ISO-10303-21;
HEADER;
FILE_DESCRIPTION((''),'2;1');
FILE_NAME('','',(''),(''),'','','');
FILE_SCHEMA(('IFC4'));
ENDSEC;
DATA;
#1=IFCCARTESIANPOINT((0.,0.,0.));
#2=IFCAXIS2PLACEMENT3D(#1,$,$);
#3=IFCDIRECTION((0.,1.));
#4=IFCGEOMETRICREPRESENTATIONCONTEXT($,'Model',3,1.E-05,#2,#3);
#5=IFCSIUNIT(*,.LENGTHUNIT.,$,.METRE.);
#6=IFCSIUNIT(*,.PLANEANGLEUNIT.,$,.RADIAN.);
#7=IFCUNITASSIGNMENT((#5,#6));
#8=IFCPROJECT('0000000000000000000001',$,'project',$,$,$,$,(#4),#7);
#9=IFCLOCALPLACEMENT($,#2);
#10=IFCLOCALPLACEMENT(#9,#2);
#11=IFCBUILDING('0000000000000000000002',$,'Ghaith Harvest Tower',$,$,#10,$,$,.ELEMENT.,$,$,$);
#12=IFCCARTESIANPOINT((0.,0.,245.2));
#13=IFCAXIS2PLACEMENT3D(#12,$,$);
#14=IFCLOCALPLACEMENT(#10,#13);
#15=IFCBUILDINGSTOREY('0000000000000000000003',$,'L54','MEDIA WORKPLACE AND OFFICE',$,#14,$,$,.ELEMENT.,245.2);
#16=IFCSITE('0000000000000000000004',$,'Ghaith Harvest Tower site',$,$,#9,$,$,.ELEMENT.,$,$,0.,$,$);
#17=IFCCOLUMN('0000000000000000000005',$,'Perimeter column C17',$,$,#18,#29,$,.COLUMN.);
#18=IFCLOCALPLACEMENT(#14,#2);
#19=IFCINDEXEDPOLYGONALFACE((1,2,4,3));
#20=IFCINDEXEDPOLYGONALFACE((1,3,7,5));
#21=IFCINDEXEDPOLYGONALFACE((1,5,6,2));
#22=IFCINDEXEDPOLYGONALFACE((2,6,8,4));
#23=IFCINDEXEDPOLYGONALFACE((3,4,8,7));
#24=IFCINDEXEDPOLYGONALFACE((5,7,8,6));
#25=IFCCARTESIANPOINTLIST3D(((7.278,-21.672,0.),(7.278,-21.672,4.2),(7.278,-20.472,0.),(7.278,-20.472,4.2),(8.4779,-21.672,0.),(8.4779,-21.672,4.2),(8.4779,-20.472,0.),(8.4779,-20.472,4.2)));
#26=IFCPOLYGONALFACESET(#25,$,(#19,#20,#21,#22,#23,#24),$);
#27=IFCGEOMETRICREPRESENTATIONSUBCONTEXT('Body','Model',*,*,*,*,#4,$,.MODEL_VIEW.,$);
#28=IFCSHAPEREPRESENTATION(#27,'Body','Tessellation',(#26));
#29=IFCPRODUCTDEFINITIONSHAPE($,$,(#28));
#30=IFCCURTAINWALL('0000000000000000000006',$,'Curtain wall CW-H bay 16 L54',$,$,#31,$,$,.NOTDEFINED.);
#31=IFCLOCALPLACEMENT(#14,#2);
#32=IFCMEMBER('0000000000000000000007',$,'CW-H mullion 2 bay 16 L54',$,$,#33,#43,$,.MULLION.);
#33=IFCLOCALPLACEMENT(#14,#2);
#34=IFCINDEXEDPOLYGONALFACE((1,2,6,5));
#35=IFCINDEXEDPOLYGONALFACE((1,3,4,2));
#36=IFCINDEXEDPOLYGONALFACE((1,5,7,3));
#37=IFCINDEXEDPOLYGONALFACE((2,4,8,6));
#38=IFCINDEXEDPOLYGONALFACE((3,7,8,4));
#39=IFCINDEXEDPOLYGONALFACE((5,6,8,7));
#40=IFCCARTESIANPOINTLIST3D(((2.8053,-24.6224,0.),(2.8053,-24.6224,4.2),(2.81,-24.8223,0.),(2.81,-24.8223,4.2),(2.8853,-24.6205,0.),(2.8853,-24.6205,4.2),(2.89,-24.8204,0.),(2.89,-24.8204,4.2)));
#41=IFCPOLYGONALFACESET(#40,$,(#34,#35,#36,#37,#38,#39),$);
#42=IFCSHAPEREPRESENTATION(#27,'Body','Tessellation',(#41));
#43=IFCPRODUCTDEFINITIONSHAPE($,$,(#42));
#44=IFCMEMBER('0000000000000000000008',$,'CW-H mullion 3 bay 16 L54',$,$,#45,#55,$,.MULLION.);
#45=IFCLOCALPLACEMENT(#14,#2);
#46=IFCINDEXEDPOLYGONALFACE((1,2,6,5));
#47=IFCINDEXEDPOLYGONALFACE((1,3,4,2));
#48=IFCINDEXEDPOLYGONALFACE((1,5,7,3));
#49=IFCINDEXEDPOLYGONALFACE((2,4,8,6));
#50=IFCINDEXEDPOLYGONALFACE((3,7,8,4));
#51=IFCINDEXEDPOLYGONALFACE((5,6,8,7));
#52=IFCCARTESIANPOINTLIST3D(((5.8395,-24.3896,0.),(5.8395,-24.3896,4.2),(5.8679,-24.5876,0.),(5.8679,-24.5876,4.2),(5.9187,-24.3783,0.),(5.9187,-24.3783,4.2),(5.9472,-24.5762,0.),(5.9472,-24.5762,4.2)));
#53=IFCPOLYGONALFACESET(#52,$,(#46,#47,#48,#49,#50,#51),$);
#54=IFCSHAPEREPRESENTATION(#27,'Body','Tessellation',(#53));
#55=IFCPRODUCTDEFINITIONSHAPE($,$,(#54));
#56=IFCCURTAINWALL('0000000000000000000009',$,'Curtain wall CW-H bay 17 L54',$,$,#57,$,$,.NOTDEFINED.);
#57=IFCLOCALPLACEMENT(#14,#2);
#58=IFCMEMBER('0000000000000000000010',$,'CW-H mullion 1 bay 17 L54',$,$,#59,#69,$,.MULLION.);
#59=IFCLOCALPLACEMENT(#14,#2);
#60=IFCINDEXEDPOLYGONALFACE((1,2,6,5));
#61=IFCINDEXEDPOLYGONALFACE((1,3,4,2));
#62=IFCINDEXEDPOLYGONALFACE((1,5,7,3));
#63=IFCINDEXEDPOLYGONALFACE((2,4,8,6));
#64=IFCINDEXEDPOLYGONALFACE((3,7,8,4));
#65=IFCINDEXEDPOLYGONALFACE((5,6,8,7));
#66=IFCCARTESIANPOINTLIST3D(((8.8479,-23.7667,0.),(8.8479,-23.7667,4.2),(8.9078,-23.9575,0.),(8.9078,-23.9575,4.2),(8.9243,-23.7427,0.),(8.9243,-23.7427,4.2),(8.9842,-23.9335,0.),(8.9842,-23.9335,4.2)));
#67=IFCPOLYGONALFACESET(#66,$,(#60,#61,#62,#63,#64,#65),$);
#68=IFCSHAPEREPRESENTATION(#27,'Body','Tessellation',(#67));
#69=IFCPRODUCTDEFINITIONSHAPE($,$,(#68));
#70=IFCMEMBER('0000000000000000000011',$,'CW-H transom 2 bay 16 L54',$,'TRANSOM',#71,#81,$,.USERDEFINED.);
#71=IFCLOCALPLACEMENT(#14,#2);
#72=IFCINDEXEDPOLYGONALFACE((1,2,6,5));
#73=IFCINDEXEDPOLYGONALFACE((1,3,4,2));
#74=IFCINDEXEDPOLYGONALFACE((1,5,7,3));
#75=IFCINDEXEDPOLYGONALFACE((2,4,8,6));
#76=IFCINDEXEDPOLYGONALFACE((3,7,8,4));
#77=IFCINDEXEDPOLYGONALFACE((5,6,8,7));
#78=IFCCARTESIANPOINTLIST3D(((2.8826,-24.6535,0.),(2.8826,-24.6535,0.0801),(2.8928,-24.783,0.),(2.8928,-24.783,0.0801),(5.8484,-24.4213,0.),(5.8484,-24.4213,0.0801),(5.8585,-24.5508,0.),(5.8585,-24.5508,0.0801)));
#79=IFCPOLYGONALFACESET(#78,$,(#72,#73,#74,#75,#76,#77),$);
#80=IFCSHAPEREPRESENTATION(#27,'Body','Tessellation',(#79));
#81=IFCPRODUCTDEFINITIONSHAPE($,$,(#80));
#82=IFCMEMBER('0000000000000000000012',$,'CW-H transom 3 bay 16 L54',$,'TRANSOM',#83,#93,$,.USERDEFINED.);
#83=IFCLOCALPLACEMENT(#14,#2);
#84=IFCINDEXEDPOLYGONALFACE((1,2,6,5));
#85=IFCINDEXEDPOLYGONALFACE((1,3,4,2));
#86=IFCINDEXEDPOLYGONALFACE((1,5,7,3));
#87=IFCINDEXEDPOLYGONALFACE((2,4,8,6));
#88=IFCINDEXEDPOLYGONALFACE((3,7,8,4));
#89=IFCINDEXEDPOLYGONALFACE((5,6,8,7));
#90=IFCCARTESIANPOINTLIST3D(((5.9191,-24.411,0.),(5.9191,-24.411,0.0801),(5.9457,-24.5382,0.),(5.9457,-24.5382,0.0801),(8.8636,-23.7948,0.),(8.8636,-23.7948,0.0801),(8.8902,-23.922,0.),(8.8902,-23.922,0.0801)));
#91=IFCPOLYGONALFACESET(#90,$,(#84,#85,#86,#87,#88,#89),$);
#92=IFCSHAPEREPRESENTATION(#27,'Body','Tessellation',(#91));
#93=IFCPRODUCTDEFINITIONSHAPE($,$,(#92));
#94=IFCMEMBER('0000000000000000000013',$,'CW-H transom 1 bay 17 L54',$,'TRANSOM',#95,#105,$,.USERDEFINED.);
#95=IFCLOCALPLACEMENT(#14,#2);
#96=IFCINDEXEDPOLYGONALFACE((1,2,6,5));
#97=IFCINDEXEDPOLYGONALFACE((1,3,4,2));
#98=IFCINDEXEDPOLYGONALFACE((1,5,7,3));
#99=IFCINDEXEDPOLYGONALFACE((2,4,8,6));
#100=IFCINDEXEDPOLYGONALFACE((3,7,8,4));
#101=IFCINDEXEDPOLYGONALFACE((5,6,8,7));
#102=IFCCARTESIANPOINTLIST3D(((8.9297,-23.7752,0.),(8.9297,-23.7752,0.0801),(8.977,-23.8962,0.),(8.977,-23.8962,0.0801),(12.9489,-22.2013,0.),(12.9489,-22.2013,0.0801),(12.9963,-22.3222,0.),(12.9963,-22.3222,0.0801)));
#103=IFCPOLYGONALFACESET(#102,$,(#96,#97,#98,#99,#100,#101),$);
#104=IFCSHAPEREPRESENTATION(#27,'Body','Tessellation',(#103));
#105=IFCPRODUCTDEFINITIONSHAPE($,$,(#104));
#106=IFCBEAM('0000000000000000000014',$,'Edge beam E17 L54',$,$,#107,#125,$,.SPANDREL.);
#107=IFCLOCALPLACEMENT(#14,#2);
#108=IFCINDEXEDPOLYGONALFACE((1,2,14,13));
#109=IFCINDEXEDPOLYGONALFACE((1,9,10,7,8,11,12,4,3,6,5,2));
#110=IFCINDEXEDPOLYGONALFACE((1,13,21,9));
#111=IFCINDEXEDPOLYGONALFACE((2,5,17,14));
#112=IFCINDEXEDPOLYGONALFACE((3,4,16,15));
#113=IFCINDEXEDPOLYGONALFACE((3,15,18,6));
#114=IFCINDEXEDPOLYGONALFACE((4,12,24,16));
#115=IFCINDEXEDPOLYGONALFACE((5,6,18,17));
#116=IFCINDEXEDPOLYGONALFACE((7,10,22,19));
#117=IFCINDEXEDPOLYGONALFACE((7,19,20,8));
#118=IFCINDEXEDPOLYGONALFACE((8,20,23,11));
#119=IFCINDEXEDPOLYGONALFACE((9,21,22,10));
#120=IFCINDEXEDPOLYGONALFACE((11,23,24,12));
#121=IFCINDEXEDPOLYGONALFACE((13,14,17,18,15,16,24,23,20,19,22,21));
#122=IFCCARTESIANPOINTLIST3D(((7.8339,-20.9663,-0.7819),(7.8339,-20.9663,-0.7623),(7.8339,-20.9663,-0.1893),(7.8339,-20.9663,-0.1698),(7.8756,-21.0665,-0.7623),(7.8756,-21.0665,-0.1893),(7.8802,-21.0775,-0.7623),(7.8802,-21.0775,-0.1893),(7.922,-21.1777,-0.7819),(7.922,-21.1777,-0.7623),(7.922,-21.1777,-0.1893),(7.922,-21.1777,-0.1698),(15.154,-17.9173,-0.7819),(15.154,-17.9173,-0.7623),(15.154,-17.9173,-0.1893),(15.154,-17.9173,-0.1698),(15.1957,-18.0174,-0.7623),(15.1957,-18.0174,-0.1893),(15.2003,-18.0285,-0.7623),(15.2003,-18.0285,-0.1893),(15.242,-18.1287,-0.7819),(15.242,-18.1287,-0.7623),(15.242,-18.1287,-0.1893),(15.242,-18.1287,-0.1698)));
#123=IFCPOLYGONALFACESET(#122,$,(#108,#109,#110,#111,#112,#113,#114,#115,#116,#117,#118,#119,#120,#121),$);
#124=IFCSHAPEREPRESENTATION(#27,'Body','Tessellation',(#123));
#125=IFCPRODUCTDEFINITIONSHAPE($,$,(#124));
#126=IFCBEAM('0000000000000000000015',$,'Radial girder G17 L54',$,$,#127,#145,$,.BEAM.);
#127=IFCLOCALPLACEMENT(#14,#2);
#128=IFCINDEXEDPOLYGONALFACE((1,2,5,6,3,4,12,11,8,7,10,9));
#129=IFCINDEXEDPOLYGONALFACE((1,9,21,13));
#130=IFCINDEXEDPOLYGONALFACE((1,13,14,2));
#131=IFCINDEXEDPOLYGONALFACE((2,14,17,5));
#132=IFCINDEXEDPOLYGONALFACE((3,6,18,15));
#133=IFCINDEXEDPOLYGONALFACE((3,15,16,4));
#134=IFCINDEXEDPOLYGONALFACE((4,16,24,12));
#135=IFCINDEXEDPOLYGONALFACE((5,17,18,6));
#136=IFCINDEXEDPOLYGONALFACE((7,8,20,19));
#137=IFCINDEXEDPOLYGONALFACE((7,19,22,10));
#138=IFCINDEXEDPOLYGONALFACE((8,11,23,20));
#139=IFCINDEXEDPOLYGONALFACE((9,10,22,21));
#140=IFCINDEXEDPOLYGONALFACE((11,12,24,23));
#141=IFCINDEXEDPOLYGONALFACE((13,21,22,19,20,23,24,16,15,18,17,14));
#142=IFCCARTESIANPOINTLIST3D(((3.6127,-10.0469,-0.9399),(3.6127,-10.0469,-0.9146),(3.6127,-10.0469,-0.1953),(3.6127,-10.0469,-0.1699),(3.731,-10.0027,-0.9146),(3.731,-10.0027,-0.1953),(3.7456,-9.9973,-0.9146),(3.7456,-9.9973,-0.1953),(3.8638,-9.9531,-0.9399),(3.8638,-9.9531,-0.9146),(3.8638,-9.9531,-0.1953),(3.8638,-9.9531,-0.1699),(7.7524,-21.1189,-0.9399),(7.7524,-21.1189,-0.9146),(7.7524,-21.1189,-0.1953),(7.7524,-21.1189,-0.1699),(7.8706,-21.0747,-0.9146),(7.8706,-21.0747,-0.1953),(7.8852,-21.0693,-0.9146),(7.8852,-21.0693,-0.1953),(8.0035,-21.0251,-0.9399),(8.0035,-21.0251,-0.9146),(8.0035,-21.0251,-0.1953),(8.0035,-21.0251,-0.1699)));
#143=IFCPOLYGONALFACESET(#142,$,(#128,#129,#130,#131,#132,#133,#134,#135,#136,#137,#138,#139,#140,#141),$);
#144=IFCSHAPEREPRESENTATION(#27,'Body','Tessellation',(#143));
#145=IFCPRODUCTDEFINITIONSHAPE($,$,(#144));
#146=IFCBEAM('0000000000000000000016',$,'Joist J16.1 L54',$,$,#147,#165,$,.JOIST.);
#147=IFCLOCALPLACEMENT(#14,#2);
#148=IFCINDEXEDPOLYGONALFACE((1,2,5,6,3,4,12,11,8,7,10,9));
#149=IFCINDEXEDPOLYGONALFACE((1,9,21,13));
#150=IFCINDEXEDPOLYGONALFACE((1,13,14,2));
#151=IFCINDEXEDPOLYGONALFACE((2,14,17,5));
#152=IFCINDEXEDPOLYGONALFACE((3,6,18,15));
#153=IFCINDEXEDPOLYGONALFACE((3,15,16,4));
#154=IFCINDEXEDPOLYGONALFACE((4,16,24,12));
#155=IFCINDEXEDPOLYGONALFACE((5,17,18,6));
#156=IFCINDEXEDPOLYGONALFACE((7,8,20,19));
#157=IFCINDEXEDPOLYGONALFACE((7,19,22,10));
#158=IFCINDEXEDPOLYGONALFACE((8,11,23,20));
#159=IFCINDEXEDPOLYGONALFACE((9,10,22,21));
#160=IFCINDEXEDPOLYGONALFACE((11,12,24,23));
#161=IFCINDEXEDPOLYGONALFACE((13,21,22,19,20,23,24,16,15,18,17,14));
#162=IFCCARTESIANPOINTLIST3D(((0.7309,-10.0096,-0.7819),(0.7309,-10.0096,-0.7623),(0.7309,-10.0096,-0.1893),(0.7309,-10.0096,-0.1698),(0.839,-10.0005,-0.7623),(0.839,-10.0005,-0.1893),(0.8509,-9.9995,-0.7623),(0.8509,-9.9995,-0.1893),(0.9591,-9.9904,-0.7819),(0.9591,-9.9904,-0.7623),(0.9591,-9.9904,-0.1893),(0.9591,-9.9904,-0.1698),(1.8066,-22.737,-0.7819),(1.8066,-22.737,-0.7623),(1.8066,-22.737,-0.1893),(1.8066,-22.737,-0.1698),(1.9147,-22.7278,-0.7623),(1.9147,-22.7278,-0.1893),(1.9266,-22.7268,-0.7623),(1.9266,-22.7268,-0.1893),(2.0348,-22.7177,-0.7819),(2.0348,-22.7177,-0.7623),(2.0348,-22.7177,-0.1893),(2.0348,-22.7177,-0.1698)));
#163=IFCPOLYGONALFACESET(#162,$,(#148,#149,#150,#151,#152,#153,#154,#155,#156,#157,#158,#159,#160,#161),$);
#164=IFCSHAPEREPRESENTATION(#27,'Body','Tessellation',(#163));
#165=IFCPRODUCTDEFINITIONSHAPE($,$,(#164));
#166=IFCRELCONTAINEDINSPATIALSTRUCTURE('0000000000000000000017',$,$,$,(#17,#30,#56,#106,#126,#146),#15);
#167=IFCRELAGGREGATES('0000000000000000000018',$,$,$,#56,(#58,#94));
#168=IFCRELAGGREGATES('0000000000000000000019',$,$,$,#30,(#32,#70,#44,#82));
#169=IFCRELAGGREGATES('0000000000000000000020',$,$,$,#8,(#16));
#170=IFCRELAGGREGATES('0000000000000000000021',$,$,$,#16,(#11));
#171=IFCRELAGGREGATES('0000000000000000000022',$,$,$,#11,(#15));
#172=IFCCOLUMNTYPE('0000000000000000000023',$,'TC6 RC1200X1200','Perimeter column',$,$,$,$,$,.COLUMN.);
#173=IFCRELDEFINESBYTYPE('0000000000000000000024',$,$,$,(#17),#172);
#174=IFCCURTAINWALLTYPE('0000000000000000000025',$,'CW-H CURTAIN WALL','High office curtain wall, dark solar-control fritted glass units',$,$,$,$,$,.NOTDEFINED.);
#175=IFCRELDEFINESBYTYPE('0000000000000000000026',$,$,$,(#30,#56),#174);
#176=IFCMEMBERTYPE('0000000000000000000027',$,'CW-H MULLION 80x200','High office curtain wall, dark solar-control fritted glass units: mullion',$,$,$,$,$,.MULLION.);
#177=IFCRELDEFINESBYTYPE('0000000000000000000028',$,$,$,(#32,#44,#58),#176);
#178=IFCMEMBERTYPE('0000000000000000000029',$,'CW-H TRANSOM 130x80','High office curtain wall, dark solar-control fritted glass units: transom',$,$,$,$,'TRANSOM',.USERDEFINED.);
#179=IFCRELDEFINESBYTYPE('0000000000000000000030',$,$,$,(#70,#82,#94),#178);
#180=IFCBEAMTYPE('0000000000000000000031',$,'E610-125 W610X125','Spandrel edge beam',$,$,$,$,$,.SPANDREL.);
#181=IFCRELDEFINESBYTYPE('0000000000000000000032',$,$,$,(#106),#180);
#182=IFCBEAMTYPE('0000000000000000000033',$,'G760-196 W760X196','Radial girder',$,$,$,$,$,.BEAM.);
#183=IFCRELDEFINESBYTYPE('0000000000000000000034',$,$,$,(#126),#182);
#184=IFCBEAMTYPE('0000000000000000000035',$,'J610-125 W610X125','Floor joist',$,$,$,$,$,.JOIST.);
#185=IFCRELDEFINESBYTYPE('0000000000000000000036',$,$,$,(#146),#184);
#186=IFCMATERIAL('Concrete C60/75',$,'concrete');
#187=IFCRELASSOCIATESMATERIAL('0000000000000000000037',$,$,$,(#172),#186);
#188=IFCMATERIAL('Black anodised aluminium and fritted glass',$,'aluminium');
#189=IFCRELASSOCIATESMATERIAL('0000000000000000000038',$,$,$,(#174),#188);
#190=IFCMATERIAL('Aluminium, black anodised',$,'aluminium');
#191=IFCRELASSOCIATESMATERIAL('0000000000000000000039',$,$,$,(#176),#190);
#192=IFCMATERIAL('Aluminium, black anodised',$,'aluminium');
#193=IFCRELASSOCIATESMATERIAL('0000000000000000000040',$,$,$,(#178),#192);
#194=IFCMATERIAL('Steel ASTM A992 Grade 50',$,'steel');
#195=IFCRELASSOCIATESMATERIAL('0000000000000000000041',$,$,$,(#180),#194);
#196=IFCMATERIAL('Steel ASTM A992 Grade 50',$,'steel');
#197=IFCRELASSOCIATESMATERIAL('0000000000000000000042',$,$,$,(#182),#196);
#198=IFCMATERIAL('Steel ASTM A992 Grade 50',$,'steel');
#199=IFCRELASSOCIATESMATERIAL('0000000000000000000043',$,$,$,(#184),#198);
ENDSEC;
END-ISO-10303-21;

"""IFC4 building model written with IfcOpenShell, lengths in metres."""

from ifc_helpers import new_model, si_unit, direction, frame, origin, origin_2d, place, context, subcontext, project, spatial, rectangle, i_section, extrude, material, material_profile, profile_set, type_object, element, aggregate, save


model = new_model("IFC4")

# Units and contexts
model_context = context("Model", 3, precision=1e-05, world=origin(), true_north=direction((0.0, 1.0)))
body_context = subcontext(model_context, "Body", "Model", "MODEL_VIEW")
ifc_project = project(units=[si_unit("LENGTHUNIT", "METRE"), si_unit("PLANEANGLEUNIT", "RADIAN")], contexts=[model_context])

# Site, building, storey
site_placement = place(None, origin())
site = spatial("IfcSite", under=ifc_project, at=site_placement, Name="Ghaith Harvest Tower site", CompositionType="ELEMENT", RefElevation=0.0)
building_placement = place(site_placement, origin())
building = spatial("IfcBuilding", under=site, at=building_placement, Name="Ghaith Harvest Tower", CompositionType="ELEMENT")
storey_placement = place(building_placement, frame((0.0, 0.0, 245.2)))
storey = spatial("IfcBuildingStorey", under=building, at=storey_placement, Name="L54", Description="MEDIA WORKPLACE AND OFFICE", CompositionType="ELEMENT", Elevation=245.2)

# Column
ifc_material_1 = material(Name="Concrete C60/75", Category="concrete")
ifc_material_profile_1 = material_profile(ifc_material_1, rectangle(XDim=1.2, YDim=1.2, at=origin_2d()), Name="RC1200X1200")
ifc_profile_set_1 = profile_set([ifc_material_profile_1], Name="Concrete C60/75")
column_type = type_object("IfcColumnType", Name="TC6 RC1200X1200", Description="Perimeter column", PredefinedType="COLUMN", material=ifc_profile_set_1)
column_placement = place(storey_placement, frame((7.8779, -21.072, 0.0), z_axis=(0.0, 0.0, 1.0), x_axis=(1.0, 0.0, 0.0)))
element("IfcColumn", 1, at=column_placement, inside=storey, type_object=column_type, Name="Perimeter column C17", PredefinedType="COLUMN", context=body_context, shape_type="SweptSolid", body=[
    extrude(rectangle(XDim=1.2, YDim=1.2, at=origin_2d()), origin(), (0.0, 0.0, 1.0), 4.2),
])

# Curtain wall, members
ifc_material_2 = material(Name="Black anodised aluminium and fritted glass", Category="aluminium")
curtain_wall_type = type_object("IfcCurtainWallType", Name="CW-H CURTAIN WALL", Description="High office curtain wall, dark solar-control fritted glass units", PredefinedType="NOTDEFINED", material=ifc_material_2)
curtain_wall_1_placement = place(storey_placement, origin())
curtain_wall_1 = element("IfcCurtainWall", 2, at=curtain_wall_1_placement, inside=storey, type_object=curtain_wall_type, Name="Curtain wall CW-H bay 16 L54", PredefinedType="NOTDEFINED")
ifc_material_3 = material(Name="Aluminium, black anodised", Category="aluminium")
ifc_material_profile_2 = material_profile(ifc_material_3, rectangle(XDim=0.0801, YDim=0.2, at=origin_2d()), Name="CW-H MULLION 80x200")
ifc_profile_set_2 = profile_set([ifc_material_profile_2], Name="Aluminium, black anodised")
member_type_1 = type_object("IfcMemberType", Name="CW-H MULLION 80x200", Description="High office curtain wall, dark solar-control fritted glass units: mullion", PredefinedType="MULLION", material=ifc_profile_set_2)
member_1_placement = place(storey_placement, frame((2.8477, -24.7214, 0.0), z_axis=(0.0, 0.0, 1.0), x_axis=(0.999724, 0.023475, 0.0)))
member_1 = element("IfcMember", 3, at=member_1_placement, type_object=member_type_1, Name="CW-H mullion 2 bay 16 L54", PredefinedType="MULLION", context=body_context, shape_type="SweptSolid", body=[
    extrude(rectangle(XDim=0.0801, YDim=0.2, at=origin_2d()), origin(), (0.0, 0.0, 1.0), 4.2),
])
member_2_placement = place(storey_placement, frame((5.8933, -24.4829, 0.0), z_axis=(0.0, 0.0, 1.0), x_axis=(0.989849, 0.142122, 0.0)))
member_2 = element("IfcMember", 4, at=member_2_placement, type_object=member_type_1, Name="CW-H mullion 3 bay 16 L54", PredefinedType="MULLION", context=body_context, shape_type="SweptSolid", body=[
    extrude(rectangle(XDim=0.0801, YDim=0.2, at=origin_2d()), origin(), (0.0, 0.0, 1.0), 4.2),
])

# Curtain wall, member
curtain_wall_2_placement = place(storey_placement, origin())
curtain_wall_2 = element("IfcCurtainWall", 5, at=curtain_wall_2_placement, inside=storey, type_object=curtain_wall_type, Name="Curtain wall CW-H bay 17 L54", PredefinedType="NOTDEFINED")
member_3_placement = place(storey_placement, frame((8.916, -23.8501, 0.0), z_axis=(0.0, 0.0, 1.0), x_axis=(0.95403, 0.299711, 0.0)))
member_3 = element("IfcMember", 6, at=member_3_placement, type_object=member_type_1, Name="CW-H mullion 1 bay 17 L54", PredefinedType="MULLION", context=body_context, shape_type="SweptSolid", body=[
    extrude(rectangle(XDim=0.0801, YDim=0.2, at=origin_2d()), origin(), (0.0, 0.0, 1.0), 4.2),
])

# Members
ifc_material_4 = material(Name="Aluminium, black anodised", Category="aluminium")
ifc_material_profile_3 = material_profile(ifc_material_4, rectangle(XDim=0.1299, YDim=0.0801, at=origin_2d()), Name="CW-H TRANSOM 130x80")
ifc_profile_set_3 = profile_set([ifc_material_profile_3], Name="Aluminium, black anodised")
member_type_2 = type_object("IfcMemberType", Name="CW-H TRANSOM 130x80", Description="High office curtain wall, dark solar-control fritted glass units: transom", ElementType="TRANSOM", PredefinedType="USERDEFINED", material=ifc_profile_set_3)
member_4_placement = place(storey_placement, frame((2.8877, -24.7183, 0.04), z_axis=(0.99695, 0.078046, 0.0), x_axis=(-0.078046, 0.99695, 0.0)))
member_4 = element("IfcMember", 7, at=member_4_placement, type_object=member_type_2, Name="CW-H transom 2 bay 16 L54", ObjectType="TRANSOM", PredefinedType="USERDEFINED", context=body_context, shape_type="SweptSolid", body=[
    extrude(rectangle(XDim=0.1299, YDim=0.0801, at=origin_2d()), origin(), (0.0, 0.0, 1.0), 2.9749),
])
member_5_placement = place(storey_placement, frame((5.9324, -24.4746, 0.04), z_axis=(0.978797, 0.204832, 0.0), x_axis=(-0.204832, 0.978797, 0.0)))
member_5 = element("IfcMember", 8, at=member_5_placement, type_object=member_type_2, Name="CW-H transom 3 bay 16 L54", ObjectType="TRANSOM", PredefinedType="USERDEFINED", context=body_context, shape_type="SweptSolid", body=[
    extrude(rectangle(XDim=0.1299, YDim=0.0801, at=origin_2d()), origin(), (0.0, 0.0, 1.0), 3.0083),
])
member_6_placement = place(storey_placement, frame((8.9534, -23.8357, 0.04), z_axis=(0.931148, 0.364642, 0.0), x_axis=(-0.364642, 0.931148, 0.0)))
member_6 = element("IfcMember", 9, at=member_6_placement, type_object=member_type_2, Name="CW-H transom 1 bay 17 L54", ObjectType="TRANSOM", PredefinedType="USERDEFINED", context=body_context, shape_type="SweptSolid", body=[
    extrude(rectangle(XDim=0.1299, YDim=0.0801, at=origin_2d()), origin(), (0.0, 0.0, 1.0), 4.3164),
])
aggregate(curtain_wall_2, [member_3, member_6])

# Beams
ifc_material_5 = material(Name="Steel ASTM A992 Grade 50", Category="steel")
ifc_material_profile_4 = material_profile(ifc_material_5, i_section(OverallWidth=0.229, OverallDepth=0.6121, WebThickness=0.012, FlangeThickness=0.0195, at=origin_2d()), Name="W610X125")
ifc_profile_set_4 = profile_set([ifc_material_profile_4], Name="Steel ASTM A992 Grade 50")
beam_type_1 = type_object("IfcBeamType", Name="E610-125 W610X125", Description="Spandrel edge beam", PredefinedType="SPANDREL", material=ifc_profile_set_4)
beam_1_placement = place(storey_placement, frame((7.8779, -21.072, -0.4758), z_axis=(0.92312, 0.384513, 0.0), x_axis=(-0.384513, 0.92312, 0.0)))
element("IfcBeam", 10, at=beam_1_placement, inside=storey, type_object=beam_type_1, Name="Edge beam E17 L54", PredefinedType="SPANDREL", context=body_context, shape_type="SweptSolid", body=[
    extrude(i_section(OverallWidth=0.229, OverallDepth=0.6121, WebThickness=0.012, FlangeThickness=0.0195, at=origin_2d()), origin(), (0.0, 0.0, 1.0), 7.9297),
])
ifc_material_6 = material(Name="Steel ASTM A992 Grade 50", Category="steel")
ifc_material_profile_5 = material_profile(ifc_material_6, i_section(OverallWidth=0.2681, OverallDepth=0.77, WebThickness=0.0156, FlangeThickness=0.0254, at=origin_2d()), Name="W760X196")
ifc_profile_set_5 = profile_set([ifc_material_profile_5], Name="Steel ASTM A992 Grade 50")
beam_type_2 = type_object("IfcBeamType", Name="G760-196 W760X196", Description="Radial girder", PredefinedType="BEAM", material=ifc_profile_set_5)
beam_2_placement = place(storey_placement, frame((3.7383, -10.0, -0.5549), z_axis=(0.350207, -0.936672, 0.0), x_axis=(0.936672, 0.350207, 0.0)))
element("IfcBeam", 11, at=beam_2_placement, inside=storey, type_object=beam_type_2, Name="Radial girder G17 L54", PredefinedType="BEAM", context=body_context, shape_type="SweptSolid", body=[
    extrude(i_section(OverallWidth=0.2681, OverallDepth=0.77, WebThickness=0.0156, FlangeThickness=0.0254, at=origin_2d()), origin(), (0.0, 0.0, 1.0), 11.8206),
])
ifc_material_7 = material(Name="Steel ASTM A992 Grade 50", Category="steel")
ifc_material_profile_6 = material_profile(ifc_material_7, i_section(OverallWidth=0.229, OverallDepth=0.6121, WebThickness=0.012, FlangeThickness=0.0195, at=origin_2d()), Name="W610X125")
ifc_profile_set_6 = profile_set([ifc_material_profile_6], Name="Steel ASTM A992 Grade 50")
beam_type_3 = type_object("IfcBeamType", Name="J610-125 W610X125", Description="Floor joist", PredefinedType="JOIST", material=ifc_profile_set_6)
beam_3_placement = place(storey_placement, frame((0.845, -10.0, -0.4758), z_axis=(0.084218, -0.996447, 0.0), x_axis=(0.996447, 0.084218, 0.0)))
element("IfcBeam", 12, at=beam_3_placement, inside=storey, type_object=beam_type_3, Name="Joist J16.1 L54", PredefinedType="JOIST", context=body_context, shape_type="SweptSolid", body=[
    extrude(i_section(OverallWidth=0.229, OverallDepth=0.6121, WebThickness=0.012, FlangeThickness=0.0195, at=origin_2d()), origin(), (0.0, 0.0, 1.0), 12.7727),
])

aggregate(curtain_wall_1, [member_1, member_4, member_2, member_5])

save(model, "model.ifc")
